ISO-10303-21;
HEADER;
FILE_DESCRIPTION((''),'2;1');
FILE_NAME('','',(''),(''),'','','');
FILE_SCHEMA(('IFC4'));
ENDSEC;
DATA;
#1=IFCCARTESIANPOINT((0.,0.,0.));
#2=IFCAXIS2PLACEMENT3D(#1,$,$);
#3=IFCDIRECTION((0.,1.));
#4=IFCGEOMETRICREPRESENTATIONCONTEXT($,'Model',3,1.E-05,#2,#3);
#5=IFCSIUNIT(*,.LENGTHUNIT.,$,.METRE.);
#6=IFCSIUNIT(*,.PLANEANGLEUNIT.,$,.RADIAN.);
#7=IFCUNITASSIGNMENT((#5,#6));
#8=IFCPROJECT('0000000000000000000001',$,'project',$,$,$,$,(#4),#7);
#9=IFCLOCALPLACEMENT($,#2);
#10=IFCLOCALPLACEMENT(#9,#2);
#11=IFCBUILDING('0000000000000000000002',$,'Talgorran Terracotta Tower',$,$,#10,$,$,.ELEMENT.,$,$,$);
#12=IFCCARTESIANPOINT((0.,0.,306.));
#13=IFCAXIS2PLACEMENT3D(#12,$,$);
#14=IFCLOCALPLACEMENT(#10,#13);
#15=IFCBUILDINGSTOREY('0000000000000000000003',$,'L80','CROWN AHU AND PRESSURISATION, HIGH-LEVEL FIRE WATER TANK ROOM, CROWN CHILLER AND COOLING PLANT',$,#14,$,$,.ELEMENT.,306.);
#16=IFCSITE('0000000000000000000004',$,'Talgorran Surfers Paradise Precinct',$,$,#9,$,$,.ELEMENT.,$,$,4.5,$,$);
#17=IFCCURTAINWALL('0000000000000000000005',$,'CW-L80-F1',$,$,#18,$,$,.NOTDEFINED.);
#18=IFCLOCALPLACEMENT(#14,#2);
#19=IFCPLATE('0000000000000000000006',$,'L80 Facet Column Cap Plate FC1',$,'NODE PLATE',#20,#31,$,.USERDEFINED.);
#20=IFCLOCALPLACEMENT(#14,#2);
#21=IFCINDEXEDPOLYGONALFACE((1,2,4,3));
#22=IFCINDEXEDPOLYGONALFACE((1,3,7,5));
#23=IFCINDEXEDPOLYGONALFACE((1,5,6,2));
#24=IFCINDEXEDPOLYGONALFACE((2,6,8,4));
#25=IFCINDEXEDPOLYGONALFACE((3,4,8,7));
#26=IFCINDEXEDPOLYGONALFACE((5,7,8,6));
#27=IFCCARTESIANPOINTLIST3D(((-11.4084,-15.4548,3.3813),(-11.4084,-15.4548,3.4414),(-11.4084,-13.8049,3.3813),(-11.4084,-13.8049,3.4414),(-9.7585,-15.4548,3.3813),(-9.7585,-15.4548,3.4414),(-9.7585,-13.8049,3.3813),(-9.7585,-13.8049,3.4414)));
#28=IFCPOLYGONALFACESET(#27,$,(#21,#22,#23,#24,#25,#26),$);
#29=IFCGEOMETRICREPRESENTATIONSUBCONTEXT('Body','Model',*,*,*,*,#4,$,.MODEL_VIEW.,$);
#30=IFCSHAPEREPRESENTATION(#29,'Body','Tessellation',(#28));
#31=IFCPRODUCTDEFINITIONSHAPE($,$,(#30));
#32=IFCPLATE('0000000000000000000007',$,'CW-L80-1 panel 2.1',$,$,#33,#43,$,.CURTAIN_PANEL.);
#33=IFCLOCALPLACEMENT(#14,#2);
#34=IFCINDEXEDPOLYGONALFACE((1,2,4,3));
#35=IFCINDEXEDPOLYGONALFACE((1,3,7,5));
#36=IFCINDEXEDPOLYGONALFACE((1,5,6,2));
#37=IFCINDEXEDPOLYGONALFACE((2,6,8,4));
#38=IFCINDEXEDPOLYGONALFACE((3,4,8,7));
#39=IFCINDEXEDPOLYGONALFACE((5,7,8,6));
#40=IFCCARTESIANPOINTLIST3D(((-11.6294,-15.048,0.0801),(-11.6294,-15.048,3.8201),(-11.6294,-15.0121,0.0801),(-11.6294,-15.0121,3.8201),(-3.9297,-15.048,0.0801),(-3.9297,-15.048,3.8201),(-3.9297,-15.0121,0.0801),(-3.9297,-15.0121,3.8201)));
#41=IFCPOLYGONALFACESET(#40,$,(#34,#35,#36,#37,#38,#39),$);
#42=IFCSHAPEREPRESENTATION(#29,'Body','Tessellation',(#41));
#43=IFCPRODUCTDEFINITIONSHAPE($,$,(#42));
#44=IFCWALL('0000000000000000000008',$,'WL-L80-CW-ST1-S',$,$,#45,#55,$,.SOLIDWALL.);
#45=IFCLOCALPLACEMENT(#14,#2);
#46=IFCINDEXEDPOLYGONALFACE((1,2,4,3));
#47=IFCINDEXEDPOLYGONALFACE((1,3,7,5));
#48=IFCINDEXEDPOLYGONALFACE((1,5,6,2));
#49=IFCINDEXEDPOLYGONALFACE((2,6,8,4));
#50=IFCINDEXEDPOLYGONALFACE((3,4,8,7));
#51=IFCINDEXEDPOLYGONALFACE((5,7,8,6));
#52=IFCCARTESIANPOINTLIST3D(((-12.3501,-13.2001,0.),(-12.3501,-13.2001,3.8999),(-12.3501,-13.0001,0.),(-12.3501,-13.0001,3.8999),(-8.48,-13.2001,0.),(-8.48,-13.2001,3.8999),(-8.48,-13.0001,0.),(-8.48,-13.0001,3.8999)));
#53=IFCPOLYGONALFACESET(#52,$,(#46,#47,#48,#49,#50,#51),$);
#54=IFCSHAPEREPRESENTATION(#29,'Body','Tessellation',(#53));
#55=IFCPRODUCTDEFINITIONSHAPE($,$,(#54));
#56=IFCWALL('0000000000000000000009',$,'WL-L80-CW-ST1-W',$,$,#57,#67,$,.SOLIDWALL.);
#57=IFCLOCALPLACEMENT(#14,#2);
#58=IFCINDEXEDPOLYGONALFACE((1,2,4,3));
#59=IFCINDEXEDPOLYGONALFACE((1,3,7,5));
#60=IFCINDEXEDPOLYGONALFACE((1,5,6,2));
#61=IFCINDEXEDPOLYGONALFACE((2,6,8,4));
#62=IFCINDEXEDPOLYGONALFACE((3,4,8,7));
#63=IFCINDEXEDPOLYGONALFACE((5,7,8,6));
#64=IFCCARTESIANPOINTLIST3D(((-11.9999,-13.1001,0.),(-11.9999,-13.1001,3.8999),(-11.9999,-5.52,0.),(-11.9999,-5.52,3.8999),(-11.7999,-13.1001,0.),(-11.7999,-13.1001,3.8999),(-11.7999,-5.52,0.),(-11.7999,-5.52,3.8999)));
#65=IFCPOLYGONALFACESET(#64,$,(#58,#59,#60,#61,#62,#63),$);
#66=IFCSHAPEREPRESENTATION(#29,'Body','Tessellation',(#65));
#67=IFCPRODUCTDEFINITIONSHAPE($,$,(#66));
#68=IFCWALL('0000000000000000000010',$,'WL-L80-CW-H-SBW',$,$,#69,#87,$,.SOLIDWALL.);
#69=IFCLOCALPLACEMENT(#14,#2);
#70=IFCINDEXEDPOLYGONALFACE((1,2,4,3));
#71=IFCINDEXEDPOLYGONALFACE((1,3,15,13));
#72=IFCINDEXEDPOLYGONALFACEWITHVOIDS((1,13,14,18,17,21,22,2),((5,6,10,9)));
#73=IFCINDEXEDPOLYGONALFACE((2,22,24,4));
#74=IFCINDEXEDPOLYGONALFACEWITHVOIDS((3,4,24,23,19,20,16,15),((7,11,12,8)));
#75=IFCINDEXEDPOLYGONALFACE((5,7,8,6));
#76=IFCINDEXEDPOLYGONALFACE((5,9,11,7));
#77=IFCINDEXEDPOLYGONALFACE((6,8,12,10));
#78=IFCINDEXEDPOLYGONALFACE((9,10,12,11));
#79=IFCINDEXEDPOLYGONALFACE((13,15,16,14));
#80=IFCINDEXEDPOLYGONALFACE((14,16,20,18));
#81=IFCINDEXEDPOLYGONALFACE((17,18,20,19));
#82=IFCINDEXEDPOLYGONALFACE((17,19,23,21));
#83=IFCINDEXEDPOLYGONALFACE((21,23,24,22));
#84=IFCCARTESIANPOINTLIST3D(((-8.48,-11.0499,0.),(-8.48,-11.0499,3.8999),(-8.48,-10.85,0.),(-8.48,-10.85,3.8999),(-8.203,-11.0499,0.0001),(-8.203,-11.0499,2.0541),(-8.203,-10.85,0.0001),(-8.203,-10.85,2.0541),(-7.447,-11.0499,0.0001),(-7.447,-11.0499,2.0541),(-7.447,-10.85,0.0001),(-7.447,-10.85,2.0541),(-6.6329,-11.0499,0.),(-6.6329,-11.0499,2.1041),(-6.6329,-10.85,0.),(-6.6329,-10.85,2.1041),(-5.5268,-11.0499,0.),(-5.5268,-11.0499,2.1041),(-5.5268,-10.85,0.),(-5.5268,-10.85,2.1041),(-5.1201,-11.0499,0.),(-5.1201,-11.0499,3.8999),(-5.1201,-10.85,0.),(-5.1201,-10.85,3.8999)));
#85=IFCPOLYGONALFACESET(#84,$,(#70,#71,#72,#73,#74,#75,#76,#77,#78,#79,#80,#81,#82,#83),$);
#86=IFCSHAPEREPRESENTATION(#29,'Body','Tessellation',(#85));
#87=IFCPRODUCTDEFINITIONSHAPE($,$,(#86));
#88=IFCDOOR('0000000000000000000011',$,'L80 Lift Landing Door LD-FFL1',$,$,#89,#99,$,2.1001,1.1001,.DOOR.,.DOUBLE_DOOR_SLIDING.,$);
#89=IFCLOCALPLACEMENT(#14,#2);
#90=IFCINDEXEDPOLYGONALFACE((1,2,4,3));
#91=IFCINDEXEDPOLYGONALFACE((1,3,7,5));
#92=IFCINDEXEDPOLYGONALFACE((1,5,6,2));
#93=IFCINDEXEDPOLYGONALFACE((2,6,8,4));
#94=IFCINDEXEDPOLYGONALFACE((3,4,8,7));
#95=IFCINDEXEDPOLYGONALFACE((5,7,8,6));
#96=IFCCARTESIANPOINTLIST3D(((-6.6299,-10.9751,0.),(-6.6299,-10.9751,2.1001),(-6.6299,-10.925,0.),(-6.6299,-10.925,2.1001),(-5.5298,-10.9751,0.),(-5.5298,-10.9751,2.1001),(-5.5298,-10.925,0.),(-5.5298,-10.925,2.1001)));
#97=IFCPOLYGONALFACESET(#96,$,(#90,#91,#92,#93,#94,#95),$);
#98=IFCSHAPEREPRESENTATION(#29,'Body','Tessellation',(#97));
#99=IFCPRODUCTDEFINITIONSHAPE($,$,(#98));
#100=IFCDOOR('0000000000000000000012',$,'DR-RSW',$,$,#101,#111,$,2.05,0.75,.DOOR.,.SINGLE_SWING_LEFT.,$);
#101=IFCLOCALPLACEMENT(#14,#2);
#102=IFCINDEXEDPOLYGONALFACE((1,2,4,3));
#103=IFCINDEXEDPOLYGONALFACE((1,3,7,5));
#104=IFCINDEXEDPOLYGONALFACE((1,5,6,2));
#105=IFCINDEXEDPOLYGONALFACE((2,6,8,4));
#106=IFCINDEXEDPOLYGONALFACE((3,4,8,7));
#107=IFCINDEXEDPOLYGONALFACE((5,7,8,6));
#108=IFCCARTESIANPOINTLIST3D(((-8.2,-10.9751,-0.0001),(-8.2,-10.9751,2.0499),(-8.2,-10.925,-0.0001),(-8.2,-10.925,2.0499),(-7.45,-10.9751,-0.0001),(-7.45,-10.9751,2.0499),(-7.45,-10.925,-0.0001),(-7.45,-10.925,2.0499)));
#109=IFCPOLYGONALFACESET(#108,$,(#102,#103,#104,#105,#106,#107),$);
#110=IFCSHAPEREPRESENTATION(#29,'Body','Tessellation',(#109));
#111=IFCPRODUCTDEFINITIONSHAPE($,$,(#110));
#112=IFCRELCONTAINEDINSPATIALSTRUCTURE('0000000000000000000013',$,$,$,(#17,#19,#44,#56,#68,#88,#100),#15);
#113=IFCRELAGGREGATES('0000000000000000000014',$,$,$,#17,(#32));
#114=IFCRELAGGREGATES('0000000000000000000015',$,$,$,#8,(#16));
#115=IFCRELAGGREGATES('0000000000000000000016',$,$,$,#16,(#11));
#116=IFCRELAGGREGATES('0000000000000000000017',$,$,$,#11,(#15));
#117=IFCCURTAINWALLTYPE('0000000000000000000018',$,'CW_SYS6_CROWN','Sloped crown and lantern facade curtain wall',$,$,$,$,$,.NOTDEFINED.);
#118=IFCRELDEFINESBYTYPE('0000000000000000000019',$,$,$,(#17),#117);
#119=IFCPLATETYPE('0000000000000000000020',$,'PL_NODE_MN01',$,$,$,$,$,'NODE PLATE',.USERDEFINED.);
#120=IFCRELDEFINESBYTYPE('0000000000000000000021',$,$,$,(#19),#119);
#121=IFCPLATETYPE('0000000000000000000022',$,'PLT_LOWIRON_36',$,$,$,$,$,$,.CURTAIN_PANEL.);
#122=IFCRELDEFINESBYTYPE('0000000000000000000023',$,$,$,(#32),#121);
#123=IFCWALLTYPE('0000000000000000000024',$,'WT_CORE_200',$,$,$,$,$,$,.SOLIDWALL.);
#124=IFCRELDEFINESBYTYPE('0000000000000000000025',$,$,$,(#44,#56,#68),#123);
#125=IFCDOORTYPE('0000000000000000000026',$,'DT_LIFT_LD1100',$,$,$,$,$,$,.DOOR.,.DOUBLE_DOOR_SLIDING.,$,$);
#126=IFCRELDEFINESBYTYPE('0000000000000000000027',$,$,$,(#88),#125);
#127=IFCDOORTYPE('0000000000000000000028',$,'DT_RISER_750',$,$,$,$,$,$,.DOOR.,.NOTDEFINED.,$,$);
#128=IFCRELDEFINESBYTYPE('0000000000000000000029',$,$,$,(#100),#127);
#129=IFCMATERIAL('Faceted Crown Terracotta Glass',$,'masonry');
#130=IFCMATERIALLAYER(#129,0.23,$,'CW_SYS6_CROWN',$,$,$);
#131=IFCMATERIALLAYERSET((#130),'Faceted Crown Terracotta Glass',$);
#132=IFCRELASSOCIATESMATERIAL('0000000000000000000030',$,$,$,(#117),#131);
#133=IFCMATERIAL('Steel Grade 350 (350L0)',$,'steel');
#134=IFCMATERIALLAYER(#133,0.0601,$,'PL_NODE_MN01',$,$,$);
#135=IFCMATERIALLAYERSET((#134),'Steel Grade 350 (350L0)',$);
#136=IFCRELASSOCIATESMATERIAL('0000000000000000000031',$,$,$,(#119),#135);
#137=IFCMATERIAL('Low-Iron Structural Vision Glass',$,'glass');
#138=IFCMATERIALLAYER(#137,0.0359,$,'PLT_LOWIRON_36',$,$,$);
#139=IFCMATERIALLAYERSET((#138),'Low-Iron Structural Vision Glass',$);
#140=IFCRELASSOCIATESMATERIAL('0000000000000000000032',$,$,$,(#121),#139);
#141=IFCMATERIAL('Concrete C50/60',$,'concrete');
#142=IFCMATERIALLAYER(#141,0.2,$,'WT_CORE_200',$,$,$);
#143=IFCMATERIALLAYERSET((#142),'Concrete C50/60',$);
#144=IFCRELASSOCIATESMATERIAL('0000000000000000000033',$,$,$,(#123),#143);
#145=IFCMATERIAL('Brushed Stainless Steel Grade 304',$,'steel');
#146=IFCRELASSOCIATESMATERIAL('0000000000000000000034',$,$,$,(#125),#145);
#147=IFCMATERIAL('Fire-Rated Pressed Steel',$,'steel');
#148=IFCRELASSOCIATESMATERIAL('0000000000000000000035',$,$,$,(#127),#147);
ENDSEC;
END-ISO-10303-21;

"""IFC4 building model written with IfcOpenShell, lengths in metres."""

from ifc_helpers import new_model, si_unit, direction, frame, frame_2d, origin, origin_2d, place, context, subcontext, project, spatial, rectangle, extrude, source, transform, mapped, material, layer, layer_set, type_object, type_shapes, element, fill, aggregate, save


model = new_model("IFC4")

# Units and contexts
model_context = context("Model", 3, precision=1e-05, world=origin(), true_north=direction((0.0, 1.0)))
body_context = subcontext(model_context, "Body", "Model", "MODEL_VIEW")
ifc_project = project(units=[si_unit("LENGTHUNIT", "METRE"), si_unit("PLANEANGLEUNIT", "RADIAN")], contexts=[model_context])

# Site, building, storey
site_placement = place(None, origin())
site = spatial("IfcSite", under=ifc_project, at=site_placement, Name="Talgorran Surfers Paradise Precinct", CompositionType="ELEMENT", RefElevation=4.5)
building_placement = place(site_placement, origin())
building = spatial("IfcBuilding", under=site, at=building_placement, Name="Talgorran Terracotta Tower", CompositionType="ELEMENT")
storey_placement = place(building_placement, frame((0.0, 0.0, 306.0)))
storey = spatial("IfcBuildingStorey", under=building, at=storey_placement, Name="L80", Description="CROWN AHU AND PRESSURISATION, HIGH-LEVEL FIRE WATER TANK ROOM, CROWN CHILLER AND COOLING PLANT", CompositionType="ELEMENT", Elevation=306.0)

# Shared definitions
ifc_material_1 = material(Name="Concrete C50/60", Category="concrete")

# Curtain wall
ifc_material_2 = material(Name="Faceted Crown Terracotta Glass", Category="masonry")
ifc_layer_1 = layer(ifc_material_2, 0.23, Name="CW_SYS6_CROWN")
ifc_layer_set_1 = layer_set([ifc_layer_1], Name="Faceted Crown Terracotta Glass")
curtain_wall_type = type_object("IfcCurtainWallType", Name="CW_SYS6_CROWN", Description="Sloped crown and lantern facade curtain wall", PredefinedType="NOTDEFINED", material=ifc_layer_set_1)
curtain_wall_placement = place(storey_placement, origin())
curtain_wall = element("IfcCurtainWall", 1, at=curtain_wall_placement, inside=storey, type_object=curtain_wall_type, Name="CW-L80-F1", PredefinedType="NOTDEFINED")

# Plates
ifc_material_3 = material(Name="Steel Grade 350 (350L0)", Category="steel")
ifc_layer_2 = layer(ifc_material_3, 0.0601, Name="PL_NODE_MN01")
ifc_layer_set_2 = layer_set([ifc_layer_2], Name="Steel Grade 350 (350L0)")
plate_type_1 = type_object("IfcPlateType", Name="PL_NODE_MN01", ElementType="NODE PLATE", PredefinedType="USERDEFINED", material=ifc_layer_set_2)
plate_1_placement = place(storey_placement, frame((-10.5835, -14.6299, 3.3813), z_axis=(0.0, 0.0, 1.0), x_axis=(1.0, 0.0, 0.0)))
element("IfcPlate", 2, at=plate_1_placement, inside=storey, type_object=plate_type_1, Name="L80 Facet Column Cap Plate FC1", ObjectType="NODE PLATE", PredefinedType="USERDEFINED", context=body_context, shape_type="SweptSolid", body=[
    extrude(rectangle(XDim=1.6499, YDim=1.6499, at=origin_2d()), origin(), (0.0, 0.0, 1.0), 0.0601),
])
ifc_material_4 = material(Name="Low-Iron Structural Vision Glass", Category="glass")
ifc_layer_3 = layer(ifc_material_4, 0.0359, Name="PLT_LOWIRON_36")
ifc_layer_set_3 = layer_set([ifc_layer_3], Name="Low-Iron Structural Vision Glass")
plate_type_2 = type_object("IfcPlateType", Name="PLT_LOWIRON_36", PredefinedType="CURTAIN_PANEL", material=ifc_layer_set_3)
shared_shape = source(origin(), body_context, "Body", "SweptSolid", [
    extrude(rectangle(XDim=7.6997, YDim=0.0359, at=origin_2d()), origin(), (0.0, 0.0, 1.0), 3.74),
])
type_shapes(plate_type_2, [shared_shape])
plate_2_placement = place(storey_placement, frame((-7.7795, -15.03, 0.0801), z_axis=(0.0, 0.0, 1.0), x_axis=(1.0, 0.0, 0.0)))
plate_2 = element("IfcPlate", 3, at=plate_2_placement, type_object=plate_type_2, Name="CW-L80-1 panel 2.1", PredefinedType="CURTAIN_PANEL", context=body_context, shape_type="MappedRepresentation", body=[
    mapped(shared_shape, transform((0.0, 0.0, 0.0), scale=1.0)),
])
aggregate(curtain_wall, [plate_2])

# Walls
ifc_layer_4 = layer(ifc_material_1, 0.2, Name="WT_CORE_200")
ifc_layer_set_4 = layer_set([ifc_layer_4], Name="Concrete C50/60")
wall_type_1 = type_object("IfcWallType", Name="WT_CORE_200", PredefinedType="SOLIDWALL", material=ifc_layer_set_4)
wall_1_placement = place(storey_placement, frame((-12.3501, -13.1001, 0.0), z_axis=(0.0, 0.0, 1.0), x_axis=(1.0, 0.0, 0.0)))
element("IfcWall", 4, at=wall_1_placement, inside=storey, type_object=wall_type_1, Name="WL-L80-CW-ST1-S", PredefinedType="SOLIDWALL", context=body_context, shape_type="SweptSolid", body=[
    extrude(rectangle(XDim=3.8701, YDim=0.2, at=frame_2d((1.9351, 0.0))), origin(), (0.0, 0.0, 1.0), 3.8999),
])
wall_2_placement = place(storey_placement, frame((-11.8999, -13.1001, 0.0), z_axis=(0.0, 0.0, 1.0), x_axis=(0.0, 1.0, 0.0)))
element("IfcWall", 5, at=wall_2_placement, inside=storey, type_object=wall_type_1, Name="WL-L80-CW-ST1-W", PredefinedType="SOLIDWALL", context=body_context, shape_type="SweptSolid", body=[
    extrude(rectangle(XDim=7.5801, YDim=0.2, at=frame_2d((3.79, 0.0))), origin(), (0.0, 0.0, 1.0), 3.8999),
])

# Wall, openings, doors
wall_3_placement = place(storey_placement, frame((-8.48, -10.95, 0.0), z_axis=(0.0, 0.0, 1.0), x_axis=(1.0, 0.0, 0.0)))
wall_3 = element("IfcWall", 6, at=wall_3_placement, inside=storey, type_object=wall_type_1, Name="WL-L80-CW-H-SBW", PredefinedType="SOLIDWALL", context=body_context, shape_type="SweptSolid", body=[
    extrude(rectangle(XDim=3.3599, YDim=0.2, at=frame_2d((1.6799, 0.0))), origin(), (0.0, 0.0, 1.0), 3.8999),
])
opening_1_placement = place(wall_3_placement, frame((0.28, 0.0, 0.0)))
opening_1 = element("IfcOpeningElement", 7, at=opening_1_placement, cuts=wall_3, PredefinedType="OPENING", context=body_context, shape_type="SweptSolid", body=[
    extrude(rectangle(XDim=0.756, YDim=2.054, at=frame_2d((0.375, 1.0271))), frame((0.0, 0.1099, 0.0), z_axis=(0.0, -1.0, 0.0), x_axis=(1.0, 0.0, 0.0)), (0.0, 0.0, 1.0), 0.22),
])
opening_2_placement = place(wall_3_placement, frame((1.8501, 0.0, 0.0)))
opening_2 = element("IfcOpeningElement", 8, at=opening_2_placement, cuts=wall_3, PredefinedType="OPENING", context=body_context, shape_type="SweptSolid", body=[
    extrude(rectangle(XDim=1.1061, YDim=2.1041, at=frame_2d((0.55, 1.052))), frame((0.0, 0.1099, 0.0), z_axis=(0.0, -1.0, 0.0), x_axis=(1.0, 0.0, 0.0)), (0.0, 0.0, 1.0), 0.22),
])
ifc_material_5 = material(Name="Brushed Stainless Steel Grade 304", Category="steel")
door_type_1 = type_object("IfcDoorType", Name="DT_LIFT_LD1100", OperationType="DOUBLE_DOOR_SLIDING", PredefinedType="DOOR", material=ifc_material_5)
door_1_placement = place(opening_2_placement, origin())
door_1 = element("IfcDoor", 9, at=door_1_placement, inside=storey, type_object=door_type_1, Name="L80 Lift Landing Door LD-FFL1", OperationType="DOUBLE_DOOR_SLIDING", OverallHeight=2.1001, OverallWidth=1.1001, PredefinedType="DOOR", context=body_context, shape_type="SweptSolid", body=[
    extrude(rectangle(XDim=1.1001, YDim=2.1001, at=frame_2d((0.55, 1.05))), frame((0.0, 0.0249, 0.0), z_axis=(0.0, -1.0, 0.0), x_axis=(1.0, 0.0, 0.0)), (0.0, 0.0, 1.0), 0.05),
])
fill(opening_2, door_1)
ifc_material_6 = material(Name="Fire-Rated Pressed Steel", Category="steel")
door_type_2 = type_object("IfcDoorType", Name="DT_RISER_750", OperationType="NOTDEFINED", PredefinedType="DOOR", material=ifc_material_6)
door_2_placement = place(opening_1_placement, origin())
door_2 = element("IfcDoor", 10, at=door_2_placement, inside=storey, type_object=door_type_2, Name="DR-RSW", OperationType="SINGLE_SWING_LEFT", OverallHeight=2.05, OverallWidth=0.75, PredefinedType="DOOR", context=body_context, shape_type="SweptSolid", body=[
    extrude(rectangle(XDim=0.75, YDim=2.05, at=frame_2d((0.375, 1.0249))), frame((0.0, 0.0249, 0.0), z_axis=(0.0, -1.0, 0.0), x_axis=(1.0, 0.0, 0.0)), (0.0, 0.0, 1.0), 0.05),
])
fill(opening_1, door_2)

save(model, "model.ifc")
